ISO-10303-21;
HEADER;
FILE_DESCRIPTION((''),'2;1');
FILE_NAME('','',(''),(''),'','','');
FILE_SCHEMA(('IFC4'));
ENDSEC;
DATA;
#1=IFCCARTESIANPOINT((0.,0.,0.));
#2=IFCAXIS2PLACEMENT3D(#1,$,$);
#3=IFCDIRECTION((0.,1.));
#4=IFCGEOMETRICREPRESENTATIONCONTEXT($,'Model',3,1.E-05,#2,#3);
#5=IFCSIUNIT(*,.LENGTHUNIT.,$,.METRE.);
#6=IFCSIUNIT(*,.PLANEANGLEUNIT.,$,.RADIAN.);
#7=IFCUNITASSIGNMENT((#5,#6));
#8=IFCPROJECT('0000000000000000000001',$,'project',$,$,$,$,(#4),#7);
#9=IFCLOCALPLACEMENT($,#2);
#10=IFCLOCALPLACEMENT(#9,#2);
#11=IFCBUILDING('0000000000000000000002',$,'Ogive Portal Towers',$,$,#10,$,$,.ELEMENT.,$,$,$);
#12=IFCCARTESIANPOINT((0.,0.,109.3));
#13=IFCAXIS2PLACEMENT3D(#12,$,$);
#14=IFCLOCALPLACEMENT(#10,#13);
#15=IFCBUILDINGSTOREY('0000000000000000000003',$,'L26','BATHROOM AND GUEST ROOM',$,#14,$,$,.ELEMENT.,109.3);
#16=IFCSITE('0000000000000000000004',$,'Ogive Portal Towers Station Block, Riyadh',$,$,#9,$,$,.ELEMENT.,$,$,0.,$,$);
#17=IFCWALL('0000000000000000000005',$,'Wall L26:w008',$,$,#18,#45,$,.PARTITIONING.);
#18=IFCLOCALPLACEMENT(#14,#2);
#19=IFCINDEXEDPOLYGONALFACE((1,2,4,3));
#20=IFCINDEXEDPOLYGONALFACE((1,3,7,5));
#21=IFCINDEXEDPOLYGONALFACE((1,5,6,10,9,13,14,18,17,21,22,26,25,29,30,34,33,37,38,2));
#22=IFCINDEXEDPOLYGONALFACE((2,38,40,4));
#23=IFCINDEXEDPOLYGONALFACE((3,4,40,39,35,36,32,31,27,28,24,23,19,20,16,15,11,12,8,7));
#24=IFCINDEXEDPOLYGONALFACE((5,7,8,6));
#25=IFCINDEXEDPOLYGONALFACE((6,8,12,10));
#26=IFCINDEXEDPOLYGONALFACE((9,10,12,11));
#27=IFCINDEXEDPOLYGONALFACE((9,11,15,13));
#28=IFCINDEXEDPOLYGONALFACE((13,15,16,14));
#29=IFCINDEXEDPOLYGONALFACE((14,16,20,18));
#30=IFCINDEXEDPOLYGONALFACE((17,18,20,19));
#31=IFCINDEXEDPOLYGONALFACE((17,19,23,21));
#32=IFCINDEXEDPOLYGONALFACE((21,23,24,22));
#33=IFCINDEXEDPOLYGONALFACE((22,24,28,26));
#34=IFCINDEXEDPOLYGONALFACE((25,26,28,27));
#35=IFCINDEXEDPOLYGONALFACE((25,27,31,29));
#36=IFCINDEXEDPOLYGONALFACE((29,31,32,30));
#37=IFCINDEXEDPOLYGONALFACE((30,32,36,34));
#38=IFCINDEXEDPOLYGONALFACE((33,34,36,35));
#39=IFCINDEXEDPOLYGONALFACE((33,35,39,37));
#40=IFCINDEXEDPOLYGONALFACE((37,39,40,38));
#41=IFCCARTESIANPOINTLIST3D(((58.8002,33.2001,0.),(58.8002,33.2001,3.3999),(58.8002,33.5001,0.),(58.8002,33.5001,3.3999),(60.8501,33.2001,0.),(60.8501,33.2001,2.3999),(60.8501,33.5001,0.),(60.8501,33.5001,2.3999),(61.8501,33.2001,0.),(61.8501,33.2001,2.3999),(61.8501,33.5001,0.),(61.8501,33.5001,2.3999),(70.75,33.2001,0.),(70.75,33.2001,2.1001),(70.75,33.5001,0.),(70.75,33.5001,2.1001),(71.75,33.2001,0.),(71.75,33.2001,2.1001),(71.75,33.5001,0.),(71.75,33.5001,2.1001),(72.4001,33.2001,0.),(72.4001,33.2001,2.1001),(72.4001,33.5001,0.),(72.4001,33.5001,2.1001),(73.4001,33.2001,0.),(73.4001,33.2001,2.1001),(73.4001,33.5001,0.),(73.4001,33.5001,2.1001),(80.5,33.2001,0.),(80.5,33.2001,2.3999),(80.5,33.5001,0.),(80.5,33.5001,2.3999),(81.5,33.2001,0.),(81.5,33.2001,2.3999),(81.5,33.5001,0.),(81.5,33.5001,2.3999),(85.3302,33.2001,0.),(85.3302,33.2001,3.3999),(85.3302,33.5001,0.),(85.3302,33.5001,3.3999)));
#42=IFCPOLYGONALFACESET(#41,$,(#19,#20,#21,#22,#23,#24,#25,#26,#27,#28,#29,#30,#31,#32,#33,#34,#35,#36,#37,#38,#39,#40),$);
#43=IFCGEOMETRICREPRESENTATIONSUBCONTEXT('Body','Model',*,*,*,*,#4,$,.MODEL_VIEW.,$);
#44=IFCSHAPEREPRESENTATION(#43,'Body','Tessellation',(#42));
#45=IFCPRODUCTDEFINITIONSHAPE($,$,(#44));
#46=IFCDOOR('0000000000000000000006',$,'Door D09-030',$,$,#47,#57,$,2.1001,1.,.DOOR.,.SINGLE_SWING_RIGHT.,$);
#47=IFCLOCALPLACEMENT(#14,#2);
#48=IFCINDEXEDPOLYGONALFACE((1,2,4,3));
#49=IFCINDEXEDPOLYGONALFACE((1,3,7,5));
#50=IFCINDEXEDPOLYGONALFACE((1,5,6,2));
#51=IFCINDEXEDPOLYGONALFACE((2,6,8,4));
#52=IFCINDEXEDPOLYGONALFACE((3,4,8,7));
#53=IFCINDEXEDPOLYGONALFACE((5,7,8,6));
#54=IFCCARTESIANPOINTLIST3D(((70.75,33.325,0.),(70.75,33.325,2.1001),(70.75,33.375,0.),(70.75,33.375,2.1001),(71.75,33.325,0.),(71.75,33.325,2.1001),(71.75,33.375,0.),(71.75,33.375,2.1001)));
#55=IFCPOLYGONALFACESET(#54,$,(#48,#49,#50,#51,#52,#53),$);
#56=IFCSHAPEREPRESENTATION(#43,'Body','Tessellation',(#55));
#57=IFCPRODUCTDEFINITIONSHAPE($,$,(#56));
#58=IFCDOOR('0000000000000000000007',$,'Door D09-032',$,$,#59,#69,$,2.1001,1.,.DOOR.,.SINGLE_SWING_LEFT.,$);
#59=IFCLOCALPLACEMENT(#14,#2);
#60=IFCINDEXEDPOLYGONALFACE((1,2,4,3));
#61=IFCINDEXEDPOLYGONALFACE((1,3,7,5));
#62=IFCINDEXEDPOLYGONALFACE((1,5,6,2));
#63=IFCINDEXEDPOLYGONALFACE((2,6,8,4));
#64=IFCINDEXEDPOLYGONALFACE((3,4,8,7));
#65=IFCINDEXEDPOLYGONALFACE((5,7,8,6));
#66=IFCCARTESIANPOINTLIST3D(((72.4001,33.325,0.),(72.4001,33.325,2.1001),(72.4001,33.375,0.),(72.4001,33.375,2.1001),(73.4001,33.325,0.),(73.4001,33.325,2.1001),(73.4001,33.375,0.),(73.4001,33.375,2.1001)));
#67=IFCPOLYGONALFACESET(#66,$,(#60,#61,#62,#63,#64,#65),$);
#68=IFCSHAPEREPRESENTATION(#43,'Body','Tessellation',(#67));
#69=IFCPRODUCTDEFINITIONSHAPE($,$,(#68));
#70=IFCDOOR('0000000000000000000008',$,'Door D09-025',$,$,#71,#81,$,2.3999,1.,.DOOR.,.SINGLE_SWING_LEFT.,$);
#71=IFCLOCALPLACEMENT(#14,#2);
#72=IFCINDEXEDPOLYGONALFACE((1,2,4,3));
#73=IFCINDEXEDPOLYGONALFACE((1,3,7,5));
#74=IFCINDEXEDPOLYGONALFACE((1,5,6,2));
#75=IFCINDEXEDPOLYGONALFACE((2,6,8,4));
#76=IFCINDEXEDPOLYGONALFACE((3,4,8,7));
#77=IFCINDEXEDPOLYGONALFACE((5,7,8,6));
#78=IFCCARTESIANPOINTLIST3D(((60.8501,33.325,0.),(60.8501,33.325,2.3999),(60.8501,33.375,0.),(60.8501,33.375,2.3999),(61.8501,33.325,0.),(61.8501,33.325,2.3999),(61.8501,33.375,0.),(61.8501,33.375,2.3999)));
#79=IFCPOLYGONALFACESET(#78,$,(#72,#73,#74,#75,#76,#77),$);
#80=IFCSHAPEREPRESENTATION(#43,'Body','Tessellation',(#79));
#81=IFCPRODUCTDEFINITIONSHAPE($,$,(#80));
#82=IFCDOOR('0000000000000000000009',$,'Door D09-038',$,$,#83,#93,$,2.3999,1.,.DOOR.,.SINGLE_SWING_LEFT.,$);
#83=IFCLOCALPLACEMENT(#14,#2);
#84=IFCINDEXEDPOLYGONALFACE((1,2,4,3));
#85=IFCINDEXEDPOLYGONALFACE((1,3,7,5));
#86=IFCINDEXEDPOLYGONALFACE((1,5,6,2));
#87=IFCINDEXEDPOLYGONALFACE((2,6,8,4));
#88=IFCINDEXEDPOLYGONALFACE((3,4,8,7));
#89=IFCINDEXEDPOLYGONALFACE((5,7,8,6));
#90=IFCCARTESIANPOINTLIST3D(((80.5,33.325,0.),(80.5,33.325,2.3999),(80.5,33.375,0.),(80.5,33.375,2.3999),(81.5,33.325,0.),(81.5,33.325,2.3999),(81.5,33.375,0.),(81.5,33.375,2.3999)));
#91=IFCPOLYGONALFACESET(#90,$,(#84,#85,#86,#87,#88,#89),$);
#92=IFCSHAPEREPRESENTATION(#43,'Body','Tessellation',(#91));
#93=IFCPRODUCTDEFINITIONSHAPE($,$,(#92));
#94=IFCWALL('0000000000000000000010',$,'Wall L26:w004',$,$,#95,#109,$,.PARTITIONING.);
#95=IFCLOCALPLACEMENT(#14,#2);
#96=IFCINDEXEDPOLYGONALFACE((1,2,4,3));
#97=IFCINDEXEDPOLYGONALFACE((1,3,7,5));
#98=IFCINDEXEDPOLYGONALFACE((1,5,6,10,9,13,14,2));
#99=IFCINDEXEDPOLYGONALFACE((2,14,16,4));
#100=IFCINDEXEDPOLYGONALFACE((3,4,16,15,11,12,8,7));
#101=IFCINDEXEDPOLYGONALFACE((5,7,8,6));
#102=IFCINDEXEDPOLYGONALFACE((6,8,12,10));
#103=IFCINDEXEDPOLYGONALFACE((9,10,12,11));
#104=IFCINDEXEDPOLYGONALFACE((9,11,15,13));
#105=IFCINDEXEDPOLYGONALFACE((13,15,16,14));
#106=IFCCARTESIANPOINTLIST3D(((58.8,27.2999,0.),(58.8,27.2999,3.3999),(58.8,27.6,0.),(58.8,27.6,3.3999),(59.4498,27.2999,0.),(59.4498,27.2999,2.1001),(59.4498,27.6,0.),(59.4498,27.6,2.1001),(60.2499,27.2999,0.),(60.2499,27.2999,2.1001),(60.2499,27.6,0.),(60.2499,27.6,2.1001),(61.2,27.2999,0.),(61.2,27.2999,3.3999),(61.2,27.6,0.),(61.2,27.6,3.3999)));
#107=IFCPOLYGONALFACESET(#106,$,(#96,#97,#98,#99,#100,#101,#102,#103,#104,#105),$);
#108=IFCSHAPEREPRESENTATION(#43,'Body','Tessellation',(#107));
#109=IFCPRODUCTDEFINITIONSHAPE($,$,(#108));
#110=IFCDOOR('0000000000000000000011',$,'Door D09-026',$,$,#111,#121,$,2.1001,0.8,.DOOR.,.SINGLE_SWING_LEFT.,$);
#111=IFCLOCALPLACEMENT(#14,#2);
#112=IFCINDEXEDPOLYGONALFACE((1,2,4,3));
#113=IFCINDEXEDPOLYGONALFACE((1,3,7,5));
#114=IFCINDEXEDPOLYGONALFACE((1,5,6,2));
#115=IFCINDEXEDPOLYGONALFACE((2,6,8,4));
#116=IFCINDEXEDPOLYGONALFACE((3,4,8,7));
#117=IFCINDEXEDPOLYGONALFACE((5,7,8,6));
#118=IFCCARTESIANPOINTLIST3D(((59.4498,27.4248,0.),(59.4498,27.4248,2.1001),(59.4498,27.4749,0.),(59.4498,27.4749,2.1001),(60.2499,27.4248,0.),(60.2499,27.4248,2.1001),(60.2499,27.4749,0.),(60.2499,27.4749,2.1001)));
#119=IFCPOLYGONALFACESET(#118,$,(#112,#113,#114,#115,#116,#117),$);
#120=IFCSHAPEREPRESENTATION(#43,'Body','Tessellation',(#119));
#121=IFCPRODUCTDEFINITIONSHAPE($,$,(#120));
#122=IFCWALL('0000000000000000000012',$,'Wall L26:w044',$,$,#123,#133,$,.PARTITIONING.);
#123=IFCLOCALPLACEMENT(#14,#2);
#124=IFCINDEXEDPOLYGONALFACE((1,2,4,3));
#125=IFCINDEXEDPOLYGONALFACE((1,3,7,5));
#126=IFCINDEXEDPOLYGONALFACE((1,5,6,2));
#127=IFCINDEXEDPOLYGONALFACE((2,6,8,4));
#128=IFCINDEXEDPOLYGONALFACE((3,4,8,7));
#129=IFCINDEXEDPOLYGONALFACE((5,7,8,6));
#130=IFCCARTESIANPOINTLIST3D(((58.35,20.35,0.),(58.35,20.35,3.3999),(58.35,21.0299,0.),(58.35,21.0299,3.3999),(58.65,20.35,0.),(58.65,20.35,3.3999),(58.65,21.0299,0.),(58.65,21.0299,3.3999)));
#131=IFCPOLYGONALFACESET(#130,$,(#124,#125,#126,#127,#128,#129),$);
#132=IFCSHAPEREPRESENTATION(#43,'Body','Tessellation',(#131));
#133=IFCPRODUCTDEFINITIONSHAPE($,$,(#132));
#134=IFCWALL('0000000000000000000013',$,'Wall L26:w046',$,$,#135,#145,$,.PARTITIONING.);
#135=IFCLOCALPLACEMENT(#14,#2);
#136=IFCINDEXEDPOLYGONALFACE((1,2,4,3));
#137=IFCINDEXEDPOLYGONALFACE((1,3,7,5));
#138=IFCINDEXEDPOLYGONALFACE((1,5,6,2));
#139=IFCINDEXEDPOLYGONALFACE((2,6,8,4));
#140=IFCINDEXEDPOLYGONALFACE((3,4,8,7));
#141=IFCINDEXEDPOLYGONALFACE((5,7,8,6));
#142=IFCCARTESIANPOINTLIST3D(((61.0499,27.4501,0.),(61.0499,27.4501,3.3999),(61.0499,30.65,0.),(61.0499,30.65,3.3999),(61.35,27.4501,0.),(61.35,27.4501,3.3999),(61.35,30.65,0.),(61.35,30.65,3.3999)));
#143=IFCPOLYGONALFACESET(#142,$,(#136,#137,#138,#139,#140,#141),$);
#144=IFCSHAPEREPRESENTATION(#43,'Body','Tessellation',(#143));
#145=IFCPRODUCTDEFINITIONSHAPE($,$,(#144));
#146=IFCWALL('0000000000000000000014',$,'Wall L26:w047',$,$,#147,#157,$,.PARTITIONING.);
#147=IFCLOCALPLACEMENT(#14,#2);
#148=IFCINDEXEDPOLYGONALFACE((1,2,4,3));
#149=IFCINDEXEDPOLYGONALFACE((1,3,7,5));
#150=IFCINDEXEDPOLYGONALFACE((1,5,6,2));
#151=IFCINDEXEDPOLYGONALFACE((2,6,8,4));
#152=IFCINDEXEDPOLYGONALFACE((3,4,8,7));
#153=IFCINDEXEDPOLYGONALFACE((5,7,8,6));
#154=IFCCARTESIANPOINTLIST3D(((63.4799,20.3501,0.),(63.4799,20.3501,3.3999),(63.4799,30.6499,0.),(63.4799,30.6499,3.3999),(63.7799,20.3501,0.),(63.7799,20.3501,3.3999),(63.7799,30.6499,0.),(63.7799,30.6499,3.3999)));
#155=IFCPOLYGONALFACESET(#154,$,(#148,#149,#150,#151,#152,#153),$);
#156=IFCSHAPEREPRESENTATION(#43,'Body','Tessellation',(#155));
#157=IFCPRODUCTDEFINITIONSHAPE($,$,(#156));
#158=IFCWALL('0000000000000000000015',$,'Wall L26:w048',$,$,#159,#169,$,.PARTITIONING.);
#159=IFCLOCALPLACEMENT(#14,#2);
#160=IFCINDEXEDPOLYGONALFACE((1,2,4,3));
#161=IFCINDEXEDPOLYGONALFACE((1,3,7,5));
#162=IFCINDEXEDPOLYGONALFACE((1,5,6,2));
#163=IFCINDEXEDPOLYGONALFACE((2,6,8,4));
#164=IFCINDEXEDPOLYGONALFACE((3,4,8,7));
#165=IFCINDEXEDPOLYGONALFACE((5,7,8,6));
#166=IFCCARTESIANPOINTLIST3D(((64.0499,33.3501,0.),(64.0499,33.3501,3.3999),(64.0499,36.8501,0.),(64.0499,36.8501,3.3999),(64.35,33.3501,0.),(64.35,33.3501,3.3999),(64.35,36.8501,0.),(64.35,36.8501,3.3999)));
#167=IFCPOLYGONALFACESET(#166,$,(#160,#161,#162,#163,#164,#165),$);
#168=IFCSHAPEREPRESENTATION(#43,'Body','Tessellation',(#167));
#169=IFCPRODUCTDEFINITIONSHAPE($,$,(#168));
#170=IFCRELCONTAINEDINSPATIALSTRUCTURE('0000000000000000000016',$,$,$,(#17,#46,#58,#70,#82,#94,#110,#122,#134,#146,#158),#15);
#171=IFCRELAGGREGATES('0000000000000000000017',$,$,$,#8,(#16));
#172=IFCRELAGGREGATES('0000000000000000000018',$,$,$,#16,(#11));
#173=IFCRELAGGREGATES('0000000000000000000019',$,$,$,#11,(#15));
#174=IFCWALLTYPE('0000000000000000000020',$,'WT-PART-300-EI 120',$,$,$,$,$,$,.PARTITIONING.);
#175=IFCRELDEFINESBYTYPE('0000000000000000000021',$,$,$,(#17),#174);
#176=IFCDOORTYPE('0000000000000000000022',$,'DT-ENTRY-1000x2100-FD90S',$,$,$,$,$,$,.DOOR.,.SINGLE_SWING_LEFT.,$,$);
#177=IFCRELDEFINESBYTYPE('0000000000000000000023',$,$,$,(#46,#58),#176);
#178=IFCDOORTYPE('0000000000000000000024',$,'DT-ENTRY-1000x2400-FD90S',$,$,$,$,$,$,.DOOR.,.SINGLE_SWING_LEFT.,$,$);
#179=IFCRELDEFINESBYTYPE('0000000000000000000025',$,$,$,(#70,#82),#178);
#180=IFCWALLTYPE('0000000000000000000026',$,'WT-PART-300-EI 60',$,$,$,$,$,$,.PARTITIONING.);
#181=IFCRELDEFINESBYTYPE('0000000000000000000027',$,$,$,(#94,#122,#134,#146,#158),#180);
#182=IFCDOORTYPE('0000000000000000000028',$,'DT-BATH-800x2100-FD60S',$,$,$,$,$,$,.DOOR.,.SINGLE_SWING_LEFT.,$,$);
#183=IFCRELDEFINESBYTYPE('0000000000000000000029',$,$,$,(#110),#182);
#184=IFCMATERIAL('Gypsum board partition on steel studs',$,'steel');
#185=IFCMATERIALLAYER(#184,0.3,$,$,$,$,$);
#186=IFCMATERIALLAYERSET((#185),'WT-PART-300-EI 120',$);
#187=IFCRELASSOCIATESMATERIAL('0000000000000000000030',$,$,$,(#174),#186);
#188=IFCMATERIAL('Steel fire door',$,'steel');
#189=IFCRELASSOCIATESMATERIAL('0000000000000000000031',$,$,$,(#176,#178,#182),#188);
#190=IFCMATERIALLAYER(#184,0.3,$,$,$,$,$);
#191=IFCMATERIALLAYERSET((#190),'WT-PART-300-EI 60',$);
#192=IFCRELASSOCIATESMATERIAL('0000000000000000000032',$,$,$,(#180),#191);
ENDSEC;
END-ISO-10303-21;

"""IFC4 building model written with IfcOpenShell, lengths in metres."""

from ifc_helpers import new_model, si_unit, direction, frame, frame_2d, origin, place, context, subcontext, project, spatial, rectangle, extrude, material, layer, layer_set, type_object, element, fill, save


model = new_model("IFC4")

# Units and contexts
model_context = context("Model", 3, precision=1e-05, world=origin(), true_north=direction((0.0, 1.0)))
body_context = subcontext(model_context, "Body", "Model", "MODEL_VIEW")
ifc_project = project(units=[si_unit("LENGTHUNIT", "METRE"), si_unit("PLANEANGLEUNIT", "RADIAN")], contexts=[model_context])

# Site, building, storey
site_placement = place(None, origin())
site = spatial("IfcSite", under=ifc_project, at=site_placement, Name="Ogive Portal Towers Station Block, Riyadh", CompositionType="ELEMENT", RefElevation=0.0)
building_placement = place(site_placement, origin())
building = spatial("IfcBuilding", under=site, at=building_placement, Name="Ogive Portal Towers", CompositionType="ELEMENT")
storey_placement = place(building_placement, frame((0.0, 0.0, 109.3)))
storey = spatial("IfcBuildingStorey", under=building, at=storey_placement, Name="L26", Description="BATHROOM AND GUEST ROOM", CompositionType="ELEMENT", Elevation=109.3)

# Shared definitions
ifc_material_1 = material(Name="Steel fire door", Category="steel")

# Wall, openings, doors
ifc_material_2 = material(Name="Gypsum board partition on steel studs", Category="steel")
ifc_layer_1 = layer(ifc_material_2, 0.3)
ifc_layer_set_1 = layer_set([ifc_layer_1], Name="WT-PART-300-EI 120")
wall_type_1 = type_object("IfcWallType", Name="WT-PART-300-EI 120", PredefinedType="PARTITIONING", material=ifc_layer_set_1)
door_type_1 = type_object("IfcDoorType", Name="DT-ENTRY-1000x2100-FD90S", OperationType="SINGLE_SWING_LEFT", PredefinedType="DOOR", material=ifc_material_1)
door_type_2 = type_object("IfcDoorType", Name="DT-ENTRY-1000x2400-FD90S", OperationType="SINGLE_SWING_LEFT", PredefinedType="DOOR", material=ifc_material_1)
wall_1_placement = place(storey_placement, frame((58.8, 33.3501, 0.0), z_axis=(0.0, 0.0, 1.0), x_axis=(1.0, 0.0, 0.0)))
wall_1 = element("IfcWall", 1, at=wall_1_placement, inside=storey, type_object=wall_type_1, Name="Wall L26:w008", PredefinedType="PARTITIONING", context=body_context, shape_type="SweptSolid", body=[
    extrude(rectangle(XDim=26.53, YDim=0.3, at=frame_2d((13.2651, 0.0))), origin(), (0.0, 0.0, 1.0), 3.3999),
])
opening_1_placement = place(wall_1_placement, frame((2.05, 0.0, 0.0)))
opening_1 = element("IfcOpeningElement", 2, at=opening_1_placement, cuts=wall_1, PredefinedType="OPENING", context=body_context, shape_type="SweptSolid", body=[
    extrude(rectangle(XDim=1.0, YDim=2.3999, at=frame_2d((0.5, 1.2))), frame((0.0, 0.1602, 0.0), z_axis=(0.0, -1.0, 0.0), x_axis=(1.0, 0.0, 0.0)), (0.0, 0.0, 1.0), 0.3201),
])
opening_2_placement = place(wall_1_placement, frame((11.95, 0.0, 0.0)))
opening_2 = element("IfcOpeningElement", 3, at=opening_2_placement, cuts=wall_1, PredefinedType="OPENING", context=body_context, shape_type="SweptSolid", body=[
    extrude(rectangle(XDim=1.0, YDim=2.1001, at=frame_2d((0.5, 1.05))), frame((0.0, 0.1602, 0.0), z_axis=(0.0, -1.0, 0.0), x_axis=(1.0, 0.0, 0.0)), (0.0, 0.0, 1.0), 0.3201),
])
opening_3_placement = place(wall_1_placement, frame((13.6001, 0.0, 0.0)))
opening_3 = element("IfcOpeningElement", 4, at=opening_3_placement, cuts=wall_1, PredefinedType="OPENING", context=body_context, shape_type="SweptSolid", body=[
    extrude(rectangle(XDim=1.0, YDim=2.1001, at=frame_2d((0.5, 1.05))), frame((0.0, 0.1602, 0.0), z_axis=(0.0, -1.0, 0.0), x_axis=(1.0, 0.0, 0.0)), (0.0, 0.0, 1.0), 0.3201),
])
opening_4_placement = place(wall_1_placement, frame((21.7, 0.0, 0.0)))
opening_4 = element("IfcOpeningElement", 5, at=opening_4_placement, cuts=wall_1, PredefinedType="OPENING", context=body_context, shape_type="SweptSolid", body=[
    extrude(rectangle(XDim=1.0, YDim=2.3999, at=frame_2d((0.5, 1.2))), frame((0.0, 0.1602, 0.0), z_axis=(0.0, -1.0, 0.0), x_axis=(1.0, 0.0, 0.0)), (0.0, 0.0, 1.0), 0.3201),
])
door_1_placement = place(opening_2_placement, origin())
door_1 = element("IfcDoor", 6, at=door_1_placement, inside=storey, type_object=door_type_1, Name="Door D09-030", OperationType="SINGLE_SWING_RIGHT", OverallHeight=2.1001, OverallWidth=1.0, PredefinedType="DOOR", context=body_context, shape_type="SweptSolid", body=[
    extrude(rectangle(XDim=1.0, YDim=2.1001, at=frame_2d((0.5, 1.05))), frame((0.0, 0.0249, 0.0), z_axis=(0.0, -1.0, 0.0), x_axis=(1.0, 0.0, 0.0)), (0.0, 0.0, 1.0), 0.05),
])
fill(opening_2, door_1)
door_2_placement = place(opening_3_placement, origin())
door_2 = element("IfcDoor", 7, at=door_2_placement, inside=storey, type_object=door_type_1, Name="Door D09-032", OperationType="SINGLE_SWING_LEFT", OverallHeight=2.1001, OverallWidth=1.0, PredefinedType="DOOR", context=body_context, shape_type="SweptSolid", body=[
    extrude(rectangle(XDim=1.0, YDim=2.1001, at=frame_2d((0.5, 1.05))), frame((0.0, 0.0249, 0.0), z_axis=(0.0, -1.0, 0.0), x_axis=(1.0, 0.0, 0.0)), (0.0, 0.0, 1.0), 0.05),
])
fill(opening_3, door_2)
door_3_placement = place(opening_1_placement, origin())
door_3 = element("IfcDoor", 8, at=door_3_placement, inside=storey, type_object=door_type_2, Name="Door D09-025", OperationType="SINGLE_SWING_LEFT", OverallHeight=2.3999, OverallWidth=1.0, PredefinedType="DOOR", context=body_context, shape_type="SweptSolid", body=[
    extrude(rectangle(XDim=1.0, YDim=2.3999, at=frame_2d((0.5, 1.2))), frame((0.0, 0.0249, 0.0), z_axis=(0.0, -1.0, 0.0), x_axis=(1.0, 0.0, 0.0)), (0.0, 0.0, 1.0), 0.05),
])
fill(opening_1, door_3)
door_4_placement = place(opening_4_placement, origin())
door_4 = element("IfcDoor", 9, at=door_4_placement, inside=storey, type_object=door_type_2, Name="Door D09-038", OperationType="SINGLE_SWING_LEFT", OverallHeight=2.3999, OverallWidth=1.0, PredefinedType="DOOR", context=body_context, shape_type="SweptSolid", body=[
    extrude(rectangle(XDim=1.0, YDim=2.3999, at=frame_2d((0.5, 1.2))), frame((0.0, 0.0249, 0.0), z_axis=(0.0, -1.0, 0.0), x_axis=(1.0, 0.0, 0.0)), (0.0, 0.0, 1.0), 0.05),
])
fill(opening_4, door_4)

# Wall, opening, door
ifc_layer_2 = layer(ifc_material_2, 0.3)
ifc_layer_set_2 = layer_set([ifc_layer_2], Name="WT-PART-300-EI 60")
wall_type_2 = type_object("IfcWallType", Name="WT-PART-300-EI 60", PredefinedType="PARTITIONING", material=ifc_layer_set_2)
wall_2_placement = place(storey_placement, frame((58.8, 27.45, 0.0), z_axis=(0.0, 0.0, 1.0), x_axis=(1.0, 0.0, 0.0)))
wall_2 = element("IfcWall", 10, at=wall_2_placement, inside=storey, type_object=wall_type_2, Name="Wall L26:w004", PredefinedType="PARTITIONING", context=body_context, shape_type="SweptSolid", body=[
    extrude(rectangle(XDim=2.3999, YDim=0.3, at=frame_2d((1.2, 0.0))), origin(), (0.0, 0.0, 1.0), 3.3999),
])
opening_5_placement = place(wall_2_placement, frame((0.6499, 0.0, 0.0)))
opening_5 = element("IfcOpeningElement", 11, at=opening_5_placement, cuts=wall_2, PredefinedType="OPENING", context=body_context, shape_type="SweptSolid", body=[
    extrude(rectangle(XDim=0.8, YDim=2.1001, at=frame_2d((0.3999, 1.05))), frame((0.0, 0.1602, 0.0), z_axis=(0.0, -1.0, 0.0), x_axis=(1.0, 0.0, 0.0)), (0.0, 0.0, 1.0), 0.3201),
])
door_type_3 = type_object("IfcDoorType", Name="DT-BATH-800x2100-FD60S", OperationType="SINGLE_SWING_LEFT", PredefinedType="DOOR", material=ifc_material_1)
door_5_placement = place(opening_5_placement, origin())
door_5 = element("IfcDoor", 12, at=door_5_placement, inside=storey, type_object=door_type_3, Name="Door D09-026", OperationType="SINGLE_SWING_LEFT", OverallHeight=2.1001, OverallWidth=0.8, PredefinedType="DOOR", context=body_context, shape_type="SweptSolid", body=[
    extrude(rectangle(XDim=0.8, YDim=2.1001, at=frame_2d((0.3999, 1.05))), frame((0.0, 0.0249, 0.0), z_axis=(0.0, -1.0, 0.0), x_axis=(1.0, 0.0, 0.0)), (0.0, 0.0, 1.0), 0.05),
])
fill(opening_5, door_5)

# Walls
wall_3_placement = place(storey_placement, frame((58.5, 20.3501, 0.0), z_axis=(0.0, 0.0, 1.0), x_axis=(0.0, 1.0, 0.0)))
element("IfcWall", 13, at=wall_3_placement, inside=storey, type_object=wall_type_2, Name="Wall L26:w044", PredefinedType="PARTITIONING", context=body_context, shape_type="SweptSolid", body=[
    extrude(rectangle(XDim=0.6799, YDim=0.3, at=frame_2d((0.3398, 0.0))), origin(), (0.0, 0.0, 1.0), 3.3999),
])
wall_4_placement = place(storey_placement, frame((61.2, 27.45, 0.0), z_axis=(0.0, 0.0, 1.0), x_axis=(0.0, 1.0, 0.0)))
element("IfcWall", 14, at=wall_4_placement, inside=storey, type_object=wall_type_2, Name="Wall L26:w046", PredefinedType="PARTITIONING", context=body_context, shape_type="SweptSolid", body=[
    extrude(rectangle(XDim=3.2, YDim=0.3, at=frame_2d((1.6001, 0.0))), origin(), (0.0, 0.0, 1.0), 3.3999),
])
wall_5_placement = place(storey_placement, frame((63.6299, 20.3501, 0.0), z_axis=(0.0, 0.0, 1.0), x_axis=(0.0, 1.0, 0.0)))
element("IfcWall", 15, at=wall_5_placement, inside=storey, type_object=wall_type_2, Name="Wall L26:w047", PredefinedType="PARTITIONING", context=body_context, shape_type="SweptSolid", body=[
    extrude(rectangle(XDim=10.2998, YDim=0.3, at=frame_2d((5.1499, 0.0))), origin(), (0.0, 0.0, 1.0), 3.3999),
])
wall_6_placement = place(storey_placement, frame((64.2, 33.3501, 0.0), z_axis=(0.0, 0.0, 1.0), x_axis=(0.0, 1.0, 0.0)))
element("IfcWall", 16, at=wall_6_placement, inside=storey, type_object=wall_type_2, Name="Wall L26:w048", PredefinedType="PARTITIONING", context=body_context, shape_type="SweptSolid", body=[
    extrude(rectangle(XDim=3.5, YDim=0.3, at=frame_2d((1.75, 0.0))), origin(), (0.0, 0.0, 1.0), 3.3999),
])

save(model, "model.ifc")
